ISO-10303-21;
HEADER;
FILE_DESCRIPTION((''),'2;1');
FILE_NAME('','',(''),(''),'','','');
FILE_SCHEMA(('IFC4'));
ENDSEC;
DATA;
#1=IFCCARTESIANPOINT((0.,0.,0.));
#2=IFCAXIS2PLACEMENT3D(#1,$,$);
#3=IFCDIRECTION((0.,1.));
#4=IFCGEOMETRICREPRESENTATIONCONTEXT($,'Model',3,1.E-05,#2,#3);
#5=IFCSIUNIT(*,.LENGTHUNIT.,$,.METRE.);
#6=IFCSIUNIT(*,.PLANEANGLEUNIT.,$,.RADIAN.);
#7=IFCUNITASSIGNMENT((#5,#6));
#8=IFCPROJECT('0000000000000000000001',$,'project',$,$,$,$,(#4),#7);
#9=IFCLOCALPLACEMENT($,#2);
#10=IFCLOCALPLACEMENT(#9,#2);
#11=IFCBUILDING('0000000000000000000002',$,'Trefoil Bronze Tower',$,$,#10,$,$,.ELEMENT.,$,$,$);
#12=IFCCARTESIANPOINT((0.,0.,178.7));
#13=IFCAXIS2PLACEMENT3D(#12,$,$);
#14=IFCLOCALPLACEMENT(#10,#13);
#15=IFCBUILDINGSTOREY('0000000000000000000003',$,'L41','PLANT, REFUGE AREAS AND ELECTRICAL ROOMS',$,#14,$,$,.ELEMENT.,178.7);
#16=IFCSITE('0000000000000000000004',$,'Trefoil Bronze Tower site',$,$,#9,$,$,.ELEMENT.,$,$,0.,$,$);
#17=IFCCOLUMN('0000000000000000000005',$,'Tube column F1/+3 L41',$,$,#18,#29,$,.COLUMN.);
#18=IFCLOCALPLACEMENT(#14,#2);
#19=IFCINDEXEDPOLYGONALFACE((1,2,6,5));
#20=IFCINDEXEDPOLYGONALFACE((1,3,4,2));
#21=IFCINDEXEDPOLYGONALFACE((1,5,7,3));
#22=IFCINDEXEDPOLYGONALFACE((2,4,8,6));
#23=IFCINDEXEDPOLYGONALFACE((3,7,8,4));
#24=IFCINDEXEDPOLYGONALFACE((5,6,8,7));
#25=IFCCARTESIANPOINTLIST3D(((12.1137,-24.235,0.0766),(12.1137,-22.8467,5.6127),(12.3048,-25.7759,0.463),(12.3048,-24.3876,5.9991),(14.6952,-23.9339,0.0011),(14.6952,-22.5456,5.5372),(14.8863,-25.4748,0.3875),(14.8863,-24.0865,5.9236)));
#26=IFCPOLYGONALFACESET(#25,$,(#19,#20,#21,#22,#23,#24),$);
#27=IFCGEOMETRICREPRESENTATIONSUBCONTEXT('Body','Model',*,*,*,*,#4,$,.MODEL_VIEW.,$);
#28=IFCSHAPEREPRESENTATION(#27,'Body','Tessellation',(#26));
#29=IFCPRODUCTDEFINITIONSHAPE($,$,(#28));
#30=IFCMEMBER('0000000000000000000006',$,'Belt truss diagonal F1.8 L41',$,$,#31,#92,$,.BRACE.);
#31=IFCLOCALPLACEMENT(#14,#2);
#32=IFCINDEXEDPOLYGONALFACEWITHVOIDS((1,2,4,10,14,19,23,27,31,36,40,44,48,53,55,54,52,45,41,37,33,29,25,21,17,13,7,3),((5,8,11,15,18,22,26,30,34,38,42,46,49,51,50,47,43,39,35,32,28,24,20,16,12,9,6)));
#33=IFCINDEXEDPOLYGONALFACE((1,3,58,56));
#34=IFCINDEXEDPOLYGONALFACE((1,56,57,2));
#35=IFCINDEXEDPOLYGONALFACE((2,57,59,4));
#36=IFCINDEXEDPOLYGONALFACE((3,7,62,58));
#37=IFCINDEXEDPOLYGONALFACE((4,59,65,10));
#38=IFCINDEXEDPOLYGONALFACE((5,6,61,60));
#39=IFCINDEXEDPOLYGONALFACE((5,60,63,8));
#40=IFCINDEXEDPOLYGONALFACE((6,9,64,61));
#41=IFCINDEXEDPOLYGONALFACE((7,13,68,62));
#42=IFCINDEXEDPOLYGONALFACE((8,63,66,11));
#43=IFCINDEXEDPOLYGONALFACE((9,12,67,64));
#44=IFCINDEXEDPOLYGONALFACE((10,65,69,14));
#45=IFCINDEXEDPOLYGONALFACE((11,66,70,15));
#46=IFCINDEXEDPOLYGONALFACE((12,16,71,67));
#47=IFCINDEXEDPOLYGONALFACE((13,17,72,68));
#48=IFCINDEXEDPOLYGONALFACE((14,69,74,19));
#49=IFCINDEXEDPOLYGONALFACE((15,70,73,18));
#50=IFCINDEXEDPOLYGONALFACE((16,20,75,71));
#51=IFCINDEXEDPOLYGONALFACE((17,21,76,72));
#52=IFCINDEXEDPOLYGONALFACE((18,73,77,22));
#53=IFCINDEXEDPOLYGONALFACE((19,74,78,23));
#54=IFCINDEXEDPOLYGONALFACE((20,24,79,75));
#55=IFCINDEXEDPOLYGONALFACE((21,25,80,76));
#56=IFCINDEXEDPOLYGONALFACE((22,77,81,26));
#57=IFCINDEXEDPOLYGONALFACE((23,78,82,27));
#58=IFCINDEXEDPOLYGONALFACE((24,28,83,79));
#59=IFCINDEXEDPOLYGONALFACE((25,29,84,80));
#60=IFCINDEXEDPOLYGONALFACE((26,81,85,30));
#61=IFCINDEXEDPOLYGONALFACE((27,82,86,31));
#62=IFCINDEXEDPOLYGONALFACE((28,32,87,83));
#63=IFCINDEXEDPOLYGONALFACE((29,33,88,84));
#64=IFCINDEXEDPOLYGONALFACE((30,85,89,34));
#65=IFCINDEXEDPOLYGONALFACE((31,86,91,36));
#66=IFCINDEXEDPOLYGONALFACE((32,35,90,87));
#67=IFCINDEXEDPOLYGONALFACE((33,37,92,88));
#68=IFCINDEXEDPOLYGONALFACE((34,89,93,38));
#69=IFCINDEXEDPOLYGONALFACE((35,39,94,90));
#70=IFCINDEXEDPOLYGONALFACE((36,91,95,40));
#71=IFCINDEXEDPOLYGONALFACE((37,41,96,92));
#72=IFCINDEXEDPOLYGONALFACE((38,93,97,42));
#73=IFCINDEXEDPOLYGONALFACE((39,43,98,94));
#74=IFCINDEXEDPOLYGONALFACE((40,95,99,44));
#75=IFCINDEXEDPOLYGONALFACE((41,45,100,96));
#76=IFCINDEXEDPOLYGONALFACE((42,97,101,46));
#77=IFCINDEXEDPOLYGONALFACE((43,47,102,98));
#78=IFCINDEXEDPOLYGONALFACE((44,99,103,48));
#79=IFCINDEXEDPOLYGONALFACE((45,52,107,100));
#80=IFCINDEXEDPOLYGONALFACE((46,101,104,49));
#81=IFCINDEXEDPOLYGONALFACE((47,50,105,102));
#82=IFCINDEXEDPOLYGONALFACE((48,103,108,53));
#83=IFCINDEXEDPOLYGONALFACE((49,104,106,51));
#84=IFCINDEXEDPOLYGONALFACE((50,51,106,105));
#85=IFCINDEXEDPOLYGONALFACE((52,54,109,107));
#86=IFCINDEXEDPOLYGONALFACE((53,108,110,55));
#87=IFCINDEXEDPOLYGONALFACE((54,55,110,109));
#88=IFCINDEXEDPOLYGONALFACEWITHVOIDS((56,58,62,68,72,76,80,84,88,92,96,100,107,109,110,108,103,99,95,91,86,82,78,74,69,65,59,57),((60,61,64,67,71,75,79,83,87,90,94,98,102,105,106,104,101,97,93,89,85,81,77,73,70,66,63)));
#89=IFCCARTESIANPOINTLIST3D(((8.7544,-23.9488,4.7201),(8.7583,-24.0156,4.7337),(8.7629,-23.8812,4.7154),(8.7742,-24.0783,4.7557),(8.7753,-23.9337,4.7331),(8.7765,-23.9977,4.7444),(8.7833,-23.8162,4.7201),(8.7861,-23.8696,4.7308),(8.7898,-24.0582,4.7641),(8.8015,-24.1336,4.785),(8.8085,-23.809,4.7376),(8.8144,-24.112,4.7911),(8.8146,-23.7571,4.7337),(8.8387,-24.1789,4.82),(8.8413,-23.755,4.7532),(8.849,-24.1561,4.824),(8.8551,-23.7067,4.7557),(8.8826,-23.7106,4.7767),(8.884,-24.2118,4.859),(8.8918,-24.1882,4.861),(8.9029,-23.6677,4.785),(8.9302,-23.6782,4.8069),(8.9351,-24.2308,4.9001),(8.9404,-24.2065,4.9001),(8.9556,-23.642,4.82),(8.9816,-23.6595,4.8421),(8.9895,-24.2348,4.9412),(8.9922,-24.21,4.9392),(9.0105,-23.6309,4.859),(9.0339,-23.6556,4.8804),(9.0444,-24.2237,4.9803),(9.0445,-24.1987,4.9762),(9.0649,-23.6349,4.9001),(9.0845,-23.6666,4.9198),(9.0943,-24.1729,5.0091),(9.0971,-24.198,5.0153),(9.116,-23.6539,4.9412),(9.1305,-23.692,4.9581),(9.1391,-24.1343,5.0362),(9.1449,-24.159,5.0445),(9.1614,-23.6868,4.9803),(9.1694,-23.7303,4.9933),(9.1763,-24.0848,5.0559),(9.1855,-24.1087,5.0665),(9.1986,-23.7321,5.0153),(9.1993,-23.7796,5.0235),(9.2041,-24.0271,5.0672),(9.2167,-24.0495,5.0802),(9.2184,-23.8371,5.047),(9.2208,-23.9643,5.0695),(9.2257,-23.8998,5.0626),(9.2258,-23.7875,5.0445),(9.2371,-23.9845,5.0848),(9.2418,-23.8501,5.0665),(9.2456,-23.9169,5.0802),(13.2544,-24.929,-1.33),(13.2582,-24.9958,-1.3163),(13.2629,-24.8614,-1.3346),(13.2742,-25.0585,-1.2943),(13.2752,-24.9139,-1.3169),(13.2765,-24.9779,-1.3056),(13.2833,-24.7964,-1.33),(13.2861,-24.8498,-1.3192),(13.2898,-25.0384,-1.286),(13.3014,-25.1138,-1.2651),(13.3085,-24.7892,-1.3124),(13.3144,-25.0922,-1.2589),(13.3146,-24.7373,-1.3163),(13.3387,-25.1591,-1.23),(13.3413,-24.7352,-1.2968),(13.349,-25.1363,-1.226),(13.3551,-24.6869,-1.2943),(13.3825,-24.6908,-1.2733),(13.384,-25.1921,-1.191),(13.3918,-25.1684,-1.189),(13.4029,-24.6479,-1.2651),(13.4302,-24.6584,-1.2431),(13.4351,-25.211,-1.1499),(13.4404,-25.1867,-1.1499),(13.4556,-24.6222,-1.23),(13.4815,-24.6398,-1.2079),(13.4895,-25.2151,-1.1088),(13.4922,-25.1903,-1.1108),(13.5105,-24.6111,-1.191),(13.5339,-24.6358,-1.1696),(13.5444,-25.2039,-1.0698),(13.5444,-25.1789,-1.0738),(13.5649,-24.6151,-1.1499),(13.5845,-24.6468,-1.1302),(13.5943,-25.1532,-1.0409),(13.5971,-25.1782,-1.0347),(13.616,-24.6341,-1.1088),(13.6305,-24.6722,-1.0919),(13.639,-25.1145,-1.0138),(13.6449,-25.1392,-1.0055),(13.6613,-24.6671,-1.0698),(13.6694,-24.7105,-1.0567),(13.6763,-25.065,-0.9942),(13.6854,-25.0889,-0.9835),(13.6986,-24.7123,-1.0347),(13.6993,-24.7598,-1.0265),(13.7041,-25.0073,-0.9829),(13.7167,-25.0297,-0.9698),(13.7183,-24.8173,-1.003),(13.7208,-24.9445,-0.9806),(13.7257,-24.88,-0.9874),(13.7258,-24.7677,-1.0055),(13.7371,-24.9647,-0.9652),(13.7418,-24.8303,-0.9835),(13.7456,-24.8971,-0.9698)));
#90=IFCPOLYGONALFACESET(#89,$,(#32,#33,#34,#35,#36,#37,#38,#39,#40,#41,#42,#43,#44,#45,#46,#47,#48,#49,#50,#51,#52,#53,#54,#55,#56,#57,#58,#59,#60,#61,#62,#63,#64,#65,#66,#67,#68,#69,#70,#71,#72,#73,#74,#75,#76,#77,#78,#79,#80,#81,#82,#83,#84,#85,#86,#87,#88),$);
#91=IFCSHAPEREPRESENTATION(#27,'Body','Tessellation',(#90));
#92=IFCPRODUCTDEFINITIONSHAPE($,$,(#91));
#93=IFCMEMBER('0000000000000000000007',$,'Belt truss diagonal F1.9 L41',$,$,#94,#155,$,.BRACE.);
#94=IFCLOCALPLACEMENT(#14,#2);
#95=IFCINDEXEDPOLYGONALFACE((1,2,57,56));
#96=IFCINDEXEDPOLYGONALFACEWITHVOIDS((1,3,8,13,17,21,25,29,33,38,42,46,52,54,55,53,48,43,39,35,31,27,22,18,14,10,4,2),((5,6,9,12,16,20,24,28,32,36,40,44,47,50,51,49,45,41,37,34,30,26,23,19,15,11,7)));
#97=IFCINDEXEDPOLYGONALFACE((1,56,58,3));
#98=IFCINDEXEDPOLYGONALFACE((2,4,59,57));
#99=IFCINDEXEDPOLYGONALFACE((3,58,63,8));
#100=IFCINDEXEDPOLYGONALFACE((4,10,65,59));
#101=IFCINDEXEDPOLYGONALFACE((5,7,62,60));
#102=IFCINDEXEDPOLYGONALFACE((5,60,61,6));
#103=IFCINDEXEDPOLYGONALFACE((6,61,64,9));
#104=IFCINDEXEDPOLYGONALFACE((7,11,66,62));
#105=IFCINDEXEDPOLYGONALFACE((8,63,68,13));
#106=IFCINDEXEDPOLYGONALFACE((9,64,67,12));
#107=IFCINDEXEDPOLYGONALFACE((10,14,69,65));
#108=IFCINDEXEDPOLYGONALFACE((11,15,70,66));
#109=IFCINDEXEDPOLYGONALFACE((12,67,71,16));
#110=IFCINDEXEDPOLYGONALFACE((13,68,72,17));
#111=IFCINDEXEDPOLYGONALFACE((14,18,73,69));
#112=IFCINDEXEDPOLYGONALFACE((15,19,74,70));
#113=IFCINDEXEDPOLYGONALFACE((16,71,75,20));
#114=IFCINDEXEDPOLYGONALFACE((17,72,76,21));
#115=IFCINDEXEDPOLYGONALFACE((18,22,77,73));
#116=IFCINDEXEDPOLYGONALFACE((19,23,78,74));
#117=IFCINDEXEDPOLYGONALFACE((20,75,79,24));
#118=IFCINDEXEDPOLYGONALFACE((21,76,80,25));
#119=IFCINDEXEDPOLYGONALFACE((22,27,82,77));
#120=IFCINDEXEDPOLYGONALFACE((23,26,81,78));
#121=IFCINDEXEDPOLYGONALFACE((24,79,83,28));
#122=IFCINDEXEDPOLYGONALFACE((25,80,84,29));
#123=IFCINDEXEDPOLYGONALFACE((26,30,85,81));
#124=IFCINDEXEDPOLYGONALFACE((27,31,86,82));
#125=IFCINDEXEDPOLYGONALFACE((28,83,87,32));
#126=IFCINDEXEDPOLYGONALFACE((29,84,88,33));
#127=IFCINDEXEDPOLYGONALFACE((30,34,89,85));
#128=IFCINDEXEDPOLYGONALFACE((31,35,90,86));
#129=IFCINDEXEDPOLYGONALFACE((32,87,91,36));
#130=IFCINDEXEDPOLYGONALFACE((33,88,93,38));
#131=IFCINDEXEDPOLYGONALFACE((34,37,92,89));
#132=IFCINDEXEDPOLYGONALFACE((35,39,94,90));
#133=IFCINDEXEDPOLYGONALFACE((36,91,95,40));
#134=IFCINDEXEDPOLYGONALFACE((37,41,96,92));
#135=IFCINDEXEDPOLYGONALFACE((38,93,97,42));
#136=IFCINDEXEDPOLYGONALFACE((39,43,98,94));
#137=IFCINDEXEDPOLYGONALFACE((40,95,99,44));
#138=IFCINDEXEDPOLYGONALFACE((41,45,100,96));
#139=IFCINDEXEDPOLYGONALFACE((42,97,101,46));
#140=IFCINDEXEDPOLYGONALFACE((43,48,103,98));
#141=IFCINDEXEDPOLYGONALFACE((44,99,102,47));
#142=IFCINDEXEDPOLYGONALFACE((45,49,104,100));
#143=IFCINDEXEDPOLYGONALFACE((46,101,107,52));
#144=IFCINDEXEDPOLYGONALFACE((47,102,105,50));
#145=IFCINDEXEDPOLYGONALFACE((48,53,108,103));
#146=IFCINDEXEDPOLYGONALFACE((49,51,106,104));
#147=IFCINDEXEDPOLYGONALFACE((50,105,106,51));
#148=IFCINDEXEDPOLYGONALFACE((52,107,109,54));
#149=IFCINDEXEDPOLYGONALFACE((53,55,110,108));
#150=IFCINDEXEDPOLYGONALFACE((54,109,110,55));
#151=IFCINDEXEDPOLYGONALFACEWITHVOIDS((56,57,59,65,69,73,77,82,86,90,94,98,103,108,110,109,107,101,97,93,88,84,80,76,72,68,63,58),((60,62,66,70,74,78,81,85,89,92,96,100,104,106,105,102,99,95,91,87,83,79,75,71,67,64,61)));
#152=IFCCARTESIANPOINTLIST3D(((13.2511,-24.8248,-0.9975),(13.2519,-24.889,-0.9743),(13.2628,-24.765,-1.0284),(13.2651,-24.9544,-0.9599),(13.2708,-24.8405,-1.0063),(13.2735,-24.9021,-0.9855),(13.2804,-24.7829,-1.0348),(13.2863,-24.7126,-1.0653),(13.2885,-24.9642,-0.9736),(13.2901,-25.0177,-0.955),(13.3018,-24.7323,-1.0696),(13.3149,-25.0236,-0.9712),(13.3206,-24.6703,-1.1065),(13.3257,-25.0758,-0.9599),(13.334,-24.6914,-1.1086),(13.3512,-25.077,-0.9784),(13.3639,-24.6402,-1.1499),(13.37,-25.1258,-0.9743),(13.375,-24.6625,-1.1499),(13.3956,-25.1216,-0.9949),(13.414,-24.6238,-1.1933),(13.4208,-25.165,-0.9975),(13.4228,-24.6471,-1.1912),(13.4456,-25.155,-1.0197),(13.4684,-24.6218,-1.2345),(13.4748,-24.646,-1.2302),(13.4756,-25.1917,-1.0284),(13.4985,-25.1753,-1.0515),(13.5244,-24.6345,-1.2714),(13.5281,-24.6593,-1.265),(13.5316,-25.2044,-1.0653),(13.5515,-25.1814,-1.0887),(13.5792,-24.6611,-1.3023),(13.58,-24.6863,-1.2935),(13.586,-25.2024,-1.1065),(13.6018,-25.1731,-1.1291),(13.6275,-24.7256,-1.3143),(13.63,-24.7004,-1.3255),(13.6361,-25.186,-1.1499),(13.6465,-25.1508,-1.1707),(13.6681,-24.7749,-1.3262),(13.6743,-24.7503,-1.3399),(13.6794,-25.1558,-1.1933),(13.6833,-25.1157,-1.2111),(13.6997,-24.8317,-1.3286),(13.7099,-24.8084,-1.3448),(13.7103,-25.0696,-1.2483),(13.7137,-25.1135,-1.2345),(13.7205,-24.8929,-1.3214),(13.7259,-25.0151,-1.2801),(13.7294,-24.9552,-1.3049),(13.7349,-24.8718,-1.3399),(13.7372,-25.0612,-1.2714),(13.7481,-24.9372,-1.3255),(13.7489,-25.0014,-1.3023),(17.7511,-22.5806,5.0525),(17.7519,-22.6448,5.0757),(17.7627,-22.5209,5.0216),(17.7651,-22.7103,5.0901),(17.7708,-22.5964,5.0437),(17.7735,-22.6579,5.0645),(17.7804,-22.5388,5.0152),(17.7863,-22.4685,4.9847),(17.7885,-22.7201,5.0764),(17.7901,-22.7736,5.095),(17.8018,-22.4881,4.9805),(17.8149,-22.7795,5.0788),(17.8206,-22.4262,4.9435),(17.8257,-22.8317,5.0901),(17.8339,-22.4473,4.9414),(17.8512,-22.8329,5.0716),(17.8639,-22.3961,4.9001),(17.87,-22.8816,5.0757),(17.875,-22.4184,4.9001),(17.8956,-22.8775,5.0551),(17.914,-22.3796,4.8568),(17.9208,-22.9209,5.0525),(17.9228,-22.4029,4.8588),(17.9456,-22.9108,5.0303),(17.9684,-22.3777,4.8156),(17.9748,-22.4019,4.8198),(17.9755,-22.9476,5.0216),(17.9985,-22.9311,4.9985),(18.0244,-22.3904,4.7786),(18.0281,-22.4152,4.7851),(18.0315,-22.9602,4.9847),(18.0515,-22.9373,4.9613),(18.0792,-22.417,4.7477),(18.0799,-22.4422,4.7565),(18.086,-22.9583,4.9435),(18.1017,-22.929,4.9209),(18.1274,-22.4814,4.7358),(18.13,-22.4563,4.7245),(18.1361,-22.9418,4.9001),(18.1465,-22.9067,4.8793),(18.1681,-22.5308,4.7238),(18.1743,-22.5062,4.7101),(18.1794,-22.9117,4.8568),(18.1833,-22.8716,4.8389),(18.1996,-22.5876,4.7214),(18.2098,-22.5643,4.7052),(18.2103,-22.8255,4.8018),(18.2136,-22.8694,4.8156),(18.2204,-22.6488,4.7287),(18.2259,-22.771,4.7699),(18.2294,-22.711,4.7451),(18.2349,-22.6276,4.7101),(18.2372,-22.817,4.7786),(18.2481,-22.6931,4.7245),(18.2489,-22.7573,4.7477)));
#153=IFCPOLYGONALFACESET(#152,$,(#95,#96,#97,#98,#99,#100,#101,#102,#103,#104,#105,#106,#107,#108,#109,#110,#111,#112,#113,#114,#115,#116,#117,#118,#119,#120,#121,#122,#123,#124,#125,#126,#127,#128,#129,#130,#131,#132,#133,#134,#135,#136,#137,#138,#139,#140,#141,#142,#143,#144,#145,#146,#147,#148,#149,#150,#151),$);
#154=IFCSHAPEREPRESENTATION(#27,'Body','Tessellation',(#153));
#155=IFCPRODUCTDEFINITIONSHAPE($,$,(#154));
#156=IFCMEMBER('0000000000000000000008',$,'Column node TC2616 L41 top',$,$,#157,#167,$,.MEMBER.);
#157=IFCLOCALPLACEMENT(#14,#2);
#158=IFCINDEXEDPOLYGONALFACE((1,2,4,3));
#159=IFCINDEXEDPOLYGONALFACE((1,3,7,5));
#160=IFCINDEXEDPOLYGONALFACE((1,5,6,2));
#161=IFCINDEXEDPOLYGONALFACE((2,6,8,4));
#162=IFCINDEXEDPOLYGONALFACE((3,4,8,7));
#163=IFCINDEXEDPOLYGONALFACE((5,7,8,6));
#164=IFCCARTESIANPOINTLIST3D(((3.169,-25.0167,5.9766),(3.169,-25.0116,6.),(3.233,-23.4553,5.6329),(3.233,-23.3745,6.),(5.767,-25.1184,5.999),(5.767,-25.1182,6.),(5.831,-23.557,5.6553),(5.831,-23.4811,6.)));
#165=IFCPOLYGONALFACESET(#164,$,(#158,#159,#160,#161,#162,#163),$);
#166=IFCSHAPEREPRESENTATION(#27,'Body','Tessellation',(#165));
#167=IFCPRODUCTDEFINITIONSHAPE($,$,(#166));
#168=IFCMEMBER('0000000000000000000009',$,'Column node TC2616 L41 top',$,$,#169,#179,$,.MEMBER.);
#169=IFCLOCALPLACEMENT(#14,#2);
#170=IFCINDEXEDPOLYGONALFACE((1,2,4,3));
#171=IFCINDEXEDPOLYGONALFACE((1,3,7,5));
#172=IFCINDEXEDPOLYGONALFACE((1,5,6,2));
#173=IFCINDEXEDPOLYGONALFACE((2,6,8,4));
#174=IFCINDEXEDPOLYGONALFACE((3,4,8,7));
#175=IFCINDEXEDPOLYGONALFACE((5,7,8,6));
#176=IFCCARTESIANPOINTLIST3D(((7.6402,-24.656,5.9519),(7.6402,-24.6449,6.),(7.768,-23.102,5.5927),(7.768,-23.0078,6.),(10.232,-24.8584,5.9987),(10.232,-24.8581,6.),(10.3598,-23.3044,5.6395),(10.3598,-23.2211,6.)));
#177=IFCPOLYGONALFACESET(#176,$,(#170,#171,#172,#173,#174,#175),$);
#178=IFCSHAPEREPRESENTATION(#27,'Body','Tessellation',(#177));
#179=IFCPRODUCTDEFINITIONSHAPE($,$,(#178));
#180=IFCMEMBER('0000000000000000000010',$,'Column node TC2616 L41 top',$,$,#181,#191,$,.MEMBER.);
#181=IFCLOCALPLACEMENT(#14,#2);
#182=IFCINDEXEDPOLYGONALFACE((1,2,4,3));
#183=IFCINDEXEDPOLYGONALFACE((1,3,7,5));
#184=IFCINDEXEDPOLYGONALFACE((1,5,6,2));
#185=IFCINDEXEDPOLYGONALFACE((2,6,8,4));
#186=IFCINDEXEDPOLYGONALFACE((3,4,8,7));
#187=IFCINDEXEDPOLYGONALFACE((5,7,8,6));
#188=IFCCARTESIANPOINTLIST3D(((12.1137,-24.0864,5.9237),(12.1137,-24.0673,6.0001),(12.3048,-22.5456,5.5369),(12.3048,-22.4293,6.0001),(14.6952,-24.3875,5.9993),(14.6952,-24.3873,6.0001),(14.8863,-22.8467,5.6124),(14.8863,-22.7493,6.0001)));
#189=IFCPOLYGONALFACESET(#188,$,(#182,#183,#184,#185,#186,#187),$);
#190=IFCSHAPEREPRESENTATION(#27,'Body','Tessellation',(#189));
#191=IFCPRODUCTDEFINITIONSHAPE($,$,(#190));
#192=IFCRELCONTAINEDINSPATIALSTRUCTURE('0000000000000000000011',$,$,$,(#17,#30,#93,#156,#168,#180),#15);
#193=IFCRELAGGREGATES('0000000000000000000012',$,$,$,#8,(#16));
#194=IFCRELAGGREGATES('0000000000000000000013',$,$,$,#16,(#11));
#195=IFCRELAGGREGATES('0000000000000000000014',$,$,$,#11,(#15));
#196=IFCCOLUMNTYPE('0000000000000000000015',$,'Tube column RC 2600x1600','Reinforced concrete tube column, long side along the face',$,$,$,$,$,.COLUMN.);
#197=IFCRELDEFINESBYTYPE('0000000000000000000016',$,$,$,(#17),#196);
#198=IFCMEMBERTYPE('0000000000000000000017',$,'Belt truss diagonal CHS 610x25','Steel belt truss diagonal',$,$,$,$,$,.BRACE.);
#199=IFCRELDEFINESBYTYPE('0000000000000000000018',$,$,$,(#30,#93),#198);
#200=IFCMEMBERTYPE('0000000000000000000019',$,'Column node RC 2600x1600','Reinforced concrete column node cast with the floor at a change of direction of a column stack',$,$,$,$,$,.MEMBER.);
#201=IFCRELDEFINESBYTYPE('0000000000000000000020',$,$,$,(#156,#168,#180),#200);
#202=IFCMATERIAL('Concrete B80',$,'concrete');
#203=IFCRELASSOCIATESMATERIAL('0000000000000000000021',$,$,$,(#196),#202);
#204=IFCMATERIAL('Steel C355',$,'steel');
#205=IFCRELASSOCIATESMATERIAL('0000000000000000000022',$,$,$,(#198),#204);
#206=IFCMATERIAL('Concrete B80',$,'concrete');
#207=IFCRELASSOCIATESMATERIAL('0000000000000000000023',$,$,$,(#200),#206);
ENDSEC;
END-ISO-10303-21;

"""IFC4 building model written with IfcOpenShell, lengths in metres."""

from ifc_helpers import new_model, si_unit, direction, frame, origin, origin_2d, place, context, subcontext, project, spatial, rectangle, hollow_circle, extrude, clip, halfspace, material, material_profile, profile_set, type_object, element, save


model = new_model("IFC4")

# Units and contexts
model_context = context("Model", 3, precision=1e-05, world=origin(), true_north=direction((0.0, 1.0)))
body_context = subcontext(model_context, "Body", "Model", "MODEL_VIEW")
ifc_project = project(units=[si_unit("LENGTHUNIT", "METRE"), si_unit("PLANEANGLEUNIT", "RADIAN")], contexts=[model_context])

# Site, building, storey
site_placement = place(None, origin())
site = spatial("IfcSite", under=ifc_project, at=site_placement, Name="Trefoil Bronze Tower site", CompositionType="ELEMENT", RefElevation=0.0)
building_placement = place(site_placement, origin())
building = spatial("IfcBuilding", under=site, at=building_placement, Name="Trefoil Bronze Tower", CompositionType="ELEMENT")
storey_placement = place(building_placement, frame((0.0, 0.0, 178.7)))
storey = spatial("IfcBuildingStorey", under=building, at=storey_placement, Name="L41", Description="PLANT, REFUGE AREAS AND ELECTRICAL ROOMS", CompositionType="ELEMENT", Elevation=178.7)

# Column
ifc_material_1 = material(Name="Concrete B80", Category="concrete")
ifc_material_profile_1 = material_profile(ifc_material_1, rectangle(XDim=2.6001, YDim=1.6001, at=origin_2d()), Name="RC 2600x1600")
ifc_profile_set_1 = profile_set([ifc_material_profile_1], Name="Concrete B80")
column_type = type_object("IfcColumnType", Name="Tube column RC 2600x1600", Description="Reinforced concrete tube column, long side along the face", PredefinedType="COLUMN", material=ifc_profile_set_1)
column_placement = place(storey_placement, frame((13.5, -24.9131, 0.0), z_axis=(0.0, 0.243241, 0.969966), x_axis=(0.992849, 0.115792, -0.029038)))
element("IfcColumn", 1, at=column_placement, inside=storey, type_object=column_type, Name="Tube column F1/+3 L41", PredefinedType="COLUMN", context=body_context, shape_type="Clipping", body=[
    clip(clip(extrude(rectangle(XDim=2.6001, YDim=1.6001, at=origin_2d()), origin(), (0.0, 0.0, 1.0), 6.1858), halfspace(frame((0.0, 0.0, 0.2393), z_axis=(0.000002, 0.000013, 1.0), x_axis=(0.0, 1.0, -0.000013)), True)), halfspace(frame((0.0, 0.0, 5.9468), z_axis=(-0.000002, -0.000013, -1.0), x_axis=(0.0, -1.0, 0.000013)), True)),
])

# Members
ifc_material_2 = material(Name="Steel C355", Category="steel")
ifc_material_profile_2 = material_profile(ifc_material_2, hollow_circle(Radius=0.3049, WallThickness=0.0249, at=origin_2d()), Name="CHS 610x25")
ifc_profile_set_2 = profile_set([ifc_material_profile_2], Name="Steel C355")
member_type_1 = type_object("IfcMemberType", Name="Belt truss diagonal CHS 610x25", Description="Steel belt truss diagonal", PredefinedType="BRACE", material=ifc_profile_set_2)
member_1_placement = place(storey_placement, frame((13.5, -24.9131, -1.1499), z_axis=(-0.591829, 0.128917, 0.795688), x_axis=(-0.212837, -0.977088, 0.0)))
element("IfcMember", 2, at=member_1_placement, inside=storey, type_object=member_type_1, Name="Belt truss diagonal F1.8 L41", PredefinedType="BRACE", context=body_context, shape_type="SweptSolid", body=[
    extrude(hollow_circle(Radius=0.3049, WallThickness=0.0249, at=origin_2d()), origin(), (0.0, 0.0, 1.0), 7.6035),
])
member_2_placement = place(storey_placement, frame((13.5, -24.9131, -1.1499), z_axis=(0.572012, 0.285261, 0.769044), x_axis=(-0.446281, 0.894893, 0.0)))
element("IfcMember", 3, at=member_2_placement, inside=storey, type_object=member_type_1, Name="Belt truss diagonal F1.9 L41", PredefinedType="BRACE", context=body_context, shape_type="SweptSolid", body=[
    extrude(hollow_circle(Radius=0.3049, WallThickness=0.0249, at=origin_2d()), origin(), (0.0, 0.0, 1.0), 7.8669),
])
ifc_material_3 = material(Name="Concrete B80", Category="concrete")
ifc_material_profile_3 = material_profile(ifc_material_3, rectangle(XDim=2.6001, YDim=1.6001, at=origin_2d()), Name="RC 2600x1600")
ifc_profile_set_3 = profile_set([ifc_material_profile_3], Name="Concrete B80")
member_type_2 = type_object("IfcMemberType", Name="Column node RC 2600x1600", Description="Reinforced concrete column node cast with the floor at a change of direction of a column stack", PredefinedType="MEMBER", material=ifc_profile_set_3)
member_3_placement = place(storey_placement, frame((4.5, -24.2058, 6.1841), z_axis=(0.0, -0.21501, -0.976612), x_axis=(-0.999198, 0.039107, -0.00861)))
element("IfcMember", 4, at=member_3_placement, inside=storey, type_object=member_type_2, Name="Column node TC2616 L41 top", PredefinedType="MEMBER", context=body_context, shape_type="Clipping", body=[
    clip(extrude(rectangle(XDim=2.6001, YDim=1.6001, at=origin_2d()), origin(), (0.0, 0.0, 1.0), 0.377), halfspace(frame((0.0, 0.0, 0.1885), z_axis=(0.00861, 0.214838, 0.976612), x_axis=(0.0, 0.976648, -0.214846)), True)),
])
member_4_placement = place(storey_placement, frame((9.0, -23.8857, 6.2043), z_axis=(0.0, -0.225242, -0.974303), x_axis=(-0.996802, 0.077852, -0.017998)))
element("IfcMember", 5, at=member_4_placement, inside=storey, type_object=member_type_2, Name="Column node TC2616 L41 top", PredefinedType="MEMBER", context=body_context, shape_type="Clipping", body=[
    clip(extrude(rectangle(XDim=2.6001, YDim=1.6001, at=origin_2d()), origin(), (0.0, 0.0, 1.0), 0.4194), halfspace(frame((0.0, 0.0, 0.2097), z_axis=(0.017998, 0.224522, 0.974303), x_axis=(0.0, 0.974461, -0.224558)), True)),
])
member_5_placement = place(storey_placement, frame((13.5, -23.3501, 6.2319), z_axis=(0.0, -0.243496, -0.969902), x_axis=(-0.992849, 0.115785, -0.029068)))
element("IfcMember", 6, at=member_5_placement, inside=storey, type_object=member_type_2, Name="Column node TC2616 L41 top", PredefinedType="MEMBER", context=body_context, shape_type="Clipping", body=[
    clip(extrude(rectangle(XDim=2.6001, YDim=1.6001, at=origin_2d()), origin(), (0.0, 0.0, 1.0), 0.4783), halfspace(frame((0.0, 0.0, 0.239), z_axis=(0.029068, 0.241755, 0.969902), x_axis=(0.0, 0.970312, -0.241857)), True)),
])

save(model, "model.ifc")
